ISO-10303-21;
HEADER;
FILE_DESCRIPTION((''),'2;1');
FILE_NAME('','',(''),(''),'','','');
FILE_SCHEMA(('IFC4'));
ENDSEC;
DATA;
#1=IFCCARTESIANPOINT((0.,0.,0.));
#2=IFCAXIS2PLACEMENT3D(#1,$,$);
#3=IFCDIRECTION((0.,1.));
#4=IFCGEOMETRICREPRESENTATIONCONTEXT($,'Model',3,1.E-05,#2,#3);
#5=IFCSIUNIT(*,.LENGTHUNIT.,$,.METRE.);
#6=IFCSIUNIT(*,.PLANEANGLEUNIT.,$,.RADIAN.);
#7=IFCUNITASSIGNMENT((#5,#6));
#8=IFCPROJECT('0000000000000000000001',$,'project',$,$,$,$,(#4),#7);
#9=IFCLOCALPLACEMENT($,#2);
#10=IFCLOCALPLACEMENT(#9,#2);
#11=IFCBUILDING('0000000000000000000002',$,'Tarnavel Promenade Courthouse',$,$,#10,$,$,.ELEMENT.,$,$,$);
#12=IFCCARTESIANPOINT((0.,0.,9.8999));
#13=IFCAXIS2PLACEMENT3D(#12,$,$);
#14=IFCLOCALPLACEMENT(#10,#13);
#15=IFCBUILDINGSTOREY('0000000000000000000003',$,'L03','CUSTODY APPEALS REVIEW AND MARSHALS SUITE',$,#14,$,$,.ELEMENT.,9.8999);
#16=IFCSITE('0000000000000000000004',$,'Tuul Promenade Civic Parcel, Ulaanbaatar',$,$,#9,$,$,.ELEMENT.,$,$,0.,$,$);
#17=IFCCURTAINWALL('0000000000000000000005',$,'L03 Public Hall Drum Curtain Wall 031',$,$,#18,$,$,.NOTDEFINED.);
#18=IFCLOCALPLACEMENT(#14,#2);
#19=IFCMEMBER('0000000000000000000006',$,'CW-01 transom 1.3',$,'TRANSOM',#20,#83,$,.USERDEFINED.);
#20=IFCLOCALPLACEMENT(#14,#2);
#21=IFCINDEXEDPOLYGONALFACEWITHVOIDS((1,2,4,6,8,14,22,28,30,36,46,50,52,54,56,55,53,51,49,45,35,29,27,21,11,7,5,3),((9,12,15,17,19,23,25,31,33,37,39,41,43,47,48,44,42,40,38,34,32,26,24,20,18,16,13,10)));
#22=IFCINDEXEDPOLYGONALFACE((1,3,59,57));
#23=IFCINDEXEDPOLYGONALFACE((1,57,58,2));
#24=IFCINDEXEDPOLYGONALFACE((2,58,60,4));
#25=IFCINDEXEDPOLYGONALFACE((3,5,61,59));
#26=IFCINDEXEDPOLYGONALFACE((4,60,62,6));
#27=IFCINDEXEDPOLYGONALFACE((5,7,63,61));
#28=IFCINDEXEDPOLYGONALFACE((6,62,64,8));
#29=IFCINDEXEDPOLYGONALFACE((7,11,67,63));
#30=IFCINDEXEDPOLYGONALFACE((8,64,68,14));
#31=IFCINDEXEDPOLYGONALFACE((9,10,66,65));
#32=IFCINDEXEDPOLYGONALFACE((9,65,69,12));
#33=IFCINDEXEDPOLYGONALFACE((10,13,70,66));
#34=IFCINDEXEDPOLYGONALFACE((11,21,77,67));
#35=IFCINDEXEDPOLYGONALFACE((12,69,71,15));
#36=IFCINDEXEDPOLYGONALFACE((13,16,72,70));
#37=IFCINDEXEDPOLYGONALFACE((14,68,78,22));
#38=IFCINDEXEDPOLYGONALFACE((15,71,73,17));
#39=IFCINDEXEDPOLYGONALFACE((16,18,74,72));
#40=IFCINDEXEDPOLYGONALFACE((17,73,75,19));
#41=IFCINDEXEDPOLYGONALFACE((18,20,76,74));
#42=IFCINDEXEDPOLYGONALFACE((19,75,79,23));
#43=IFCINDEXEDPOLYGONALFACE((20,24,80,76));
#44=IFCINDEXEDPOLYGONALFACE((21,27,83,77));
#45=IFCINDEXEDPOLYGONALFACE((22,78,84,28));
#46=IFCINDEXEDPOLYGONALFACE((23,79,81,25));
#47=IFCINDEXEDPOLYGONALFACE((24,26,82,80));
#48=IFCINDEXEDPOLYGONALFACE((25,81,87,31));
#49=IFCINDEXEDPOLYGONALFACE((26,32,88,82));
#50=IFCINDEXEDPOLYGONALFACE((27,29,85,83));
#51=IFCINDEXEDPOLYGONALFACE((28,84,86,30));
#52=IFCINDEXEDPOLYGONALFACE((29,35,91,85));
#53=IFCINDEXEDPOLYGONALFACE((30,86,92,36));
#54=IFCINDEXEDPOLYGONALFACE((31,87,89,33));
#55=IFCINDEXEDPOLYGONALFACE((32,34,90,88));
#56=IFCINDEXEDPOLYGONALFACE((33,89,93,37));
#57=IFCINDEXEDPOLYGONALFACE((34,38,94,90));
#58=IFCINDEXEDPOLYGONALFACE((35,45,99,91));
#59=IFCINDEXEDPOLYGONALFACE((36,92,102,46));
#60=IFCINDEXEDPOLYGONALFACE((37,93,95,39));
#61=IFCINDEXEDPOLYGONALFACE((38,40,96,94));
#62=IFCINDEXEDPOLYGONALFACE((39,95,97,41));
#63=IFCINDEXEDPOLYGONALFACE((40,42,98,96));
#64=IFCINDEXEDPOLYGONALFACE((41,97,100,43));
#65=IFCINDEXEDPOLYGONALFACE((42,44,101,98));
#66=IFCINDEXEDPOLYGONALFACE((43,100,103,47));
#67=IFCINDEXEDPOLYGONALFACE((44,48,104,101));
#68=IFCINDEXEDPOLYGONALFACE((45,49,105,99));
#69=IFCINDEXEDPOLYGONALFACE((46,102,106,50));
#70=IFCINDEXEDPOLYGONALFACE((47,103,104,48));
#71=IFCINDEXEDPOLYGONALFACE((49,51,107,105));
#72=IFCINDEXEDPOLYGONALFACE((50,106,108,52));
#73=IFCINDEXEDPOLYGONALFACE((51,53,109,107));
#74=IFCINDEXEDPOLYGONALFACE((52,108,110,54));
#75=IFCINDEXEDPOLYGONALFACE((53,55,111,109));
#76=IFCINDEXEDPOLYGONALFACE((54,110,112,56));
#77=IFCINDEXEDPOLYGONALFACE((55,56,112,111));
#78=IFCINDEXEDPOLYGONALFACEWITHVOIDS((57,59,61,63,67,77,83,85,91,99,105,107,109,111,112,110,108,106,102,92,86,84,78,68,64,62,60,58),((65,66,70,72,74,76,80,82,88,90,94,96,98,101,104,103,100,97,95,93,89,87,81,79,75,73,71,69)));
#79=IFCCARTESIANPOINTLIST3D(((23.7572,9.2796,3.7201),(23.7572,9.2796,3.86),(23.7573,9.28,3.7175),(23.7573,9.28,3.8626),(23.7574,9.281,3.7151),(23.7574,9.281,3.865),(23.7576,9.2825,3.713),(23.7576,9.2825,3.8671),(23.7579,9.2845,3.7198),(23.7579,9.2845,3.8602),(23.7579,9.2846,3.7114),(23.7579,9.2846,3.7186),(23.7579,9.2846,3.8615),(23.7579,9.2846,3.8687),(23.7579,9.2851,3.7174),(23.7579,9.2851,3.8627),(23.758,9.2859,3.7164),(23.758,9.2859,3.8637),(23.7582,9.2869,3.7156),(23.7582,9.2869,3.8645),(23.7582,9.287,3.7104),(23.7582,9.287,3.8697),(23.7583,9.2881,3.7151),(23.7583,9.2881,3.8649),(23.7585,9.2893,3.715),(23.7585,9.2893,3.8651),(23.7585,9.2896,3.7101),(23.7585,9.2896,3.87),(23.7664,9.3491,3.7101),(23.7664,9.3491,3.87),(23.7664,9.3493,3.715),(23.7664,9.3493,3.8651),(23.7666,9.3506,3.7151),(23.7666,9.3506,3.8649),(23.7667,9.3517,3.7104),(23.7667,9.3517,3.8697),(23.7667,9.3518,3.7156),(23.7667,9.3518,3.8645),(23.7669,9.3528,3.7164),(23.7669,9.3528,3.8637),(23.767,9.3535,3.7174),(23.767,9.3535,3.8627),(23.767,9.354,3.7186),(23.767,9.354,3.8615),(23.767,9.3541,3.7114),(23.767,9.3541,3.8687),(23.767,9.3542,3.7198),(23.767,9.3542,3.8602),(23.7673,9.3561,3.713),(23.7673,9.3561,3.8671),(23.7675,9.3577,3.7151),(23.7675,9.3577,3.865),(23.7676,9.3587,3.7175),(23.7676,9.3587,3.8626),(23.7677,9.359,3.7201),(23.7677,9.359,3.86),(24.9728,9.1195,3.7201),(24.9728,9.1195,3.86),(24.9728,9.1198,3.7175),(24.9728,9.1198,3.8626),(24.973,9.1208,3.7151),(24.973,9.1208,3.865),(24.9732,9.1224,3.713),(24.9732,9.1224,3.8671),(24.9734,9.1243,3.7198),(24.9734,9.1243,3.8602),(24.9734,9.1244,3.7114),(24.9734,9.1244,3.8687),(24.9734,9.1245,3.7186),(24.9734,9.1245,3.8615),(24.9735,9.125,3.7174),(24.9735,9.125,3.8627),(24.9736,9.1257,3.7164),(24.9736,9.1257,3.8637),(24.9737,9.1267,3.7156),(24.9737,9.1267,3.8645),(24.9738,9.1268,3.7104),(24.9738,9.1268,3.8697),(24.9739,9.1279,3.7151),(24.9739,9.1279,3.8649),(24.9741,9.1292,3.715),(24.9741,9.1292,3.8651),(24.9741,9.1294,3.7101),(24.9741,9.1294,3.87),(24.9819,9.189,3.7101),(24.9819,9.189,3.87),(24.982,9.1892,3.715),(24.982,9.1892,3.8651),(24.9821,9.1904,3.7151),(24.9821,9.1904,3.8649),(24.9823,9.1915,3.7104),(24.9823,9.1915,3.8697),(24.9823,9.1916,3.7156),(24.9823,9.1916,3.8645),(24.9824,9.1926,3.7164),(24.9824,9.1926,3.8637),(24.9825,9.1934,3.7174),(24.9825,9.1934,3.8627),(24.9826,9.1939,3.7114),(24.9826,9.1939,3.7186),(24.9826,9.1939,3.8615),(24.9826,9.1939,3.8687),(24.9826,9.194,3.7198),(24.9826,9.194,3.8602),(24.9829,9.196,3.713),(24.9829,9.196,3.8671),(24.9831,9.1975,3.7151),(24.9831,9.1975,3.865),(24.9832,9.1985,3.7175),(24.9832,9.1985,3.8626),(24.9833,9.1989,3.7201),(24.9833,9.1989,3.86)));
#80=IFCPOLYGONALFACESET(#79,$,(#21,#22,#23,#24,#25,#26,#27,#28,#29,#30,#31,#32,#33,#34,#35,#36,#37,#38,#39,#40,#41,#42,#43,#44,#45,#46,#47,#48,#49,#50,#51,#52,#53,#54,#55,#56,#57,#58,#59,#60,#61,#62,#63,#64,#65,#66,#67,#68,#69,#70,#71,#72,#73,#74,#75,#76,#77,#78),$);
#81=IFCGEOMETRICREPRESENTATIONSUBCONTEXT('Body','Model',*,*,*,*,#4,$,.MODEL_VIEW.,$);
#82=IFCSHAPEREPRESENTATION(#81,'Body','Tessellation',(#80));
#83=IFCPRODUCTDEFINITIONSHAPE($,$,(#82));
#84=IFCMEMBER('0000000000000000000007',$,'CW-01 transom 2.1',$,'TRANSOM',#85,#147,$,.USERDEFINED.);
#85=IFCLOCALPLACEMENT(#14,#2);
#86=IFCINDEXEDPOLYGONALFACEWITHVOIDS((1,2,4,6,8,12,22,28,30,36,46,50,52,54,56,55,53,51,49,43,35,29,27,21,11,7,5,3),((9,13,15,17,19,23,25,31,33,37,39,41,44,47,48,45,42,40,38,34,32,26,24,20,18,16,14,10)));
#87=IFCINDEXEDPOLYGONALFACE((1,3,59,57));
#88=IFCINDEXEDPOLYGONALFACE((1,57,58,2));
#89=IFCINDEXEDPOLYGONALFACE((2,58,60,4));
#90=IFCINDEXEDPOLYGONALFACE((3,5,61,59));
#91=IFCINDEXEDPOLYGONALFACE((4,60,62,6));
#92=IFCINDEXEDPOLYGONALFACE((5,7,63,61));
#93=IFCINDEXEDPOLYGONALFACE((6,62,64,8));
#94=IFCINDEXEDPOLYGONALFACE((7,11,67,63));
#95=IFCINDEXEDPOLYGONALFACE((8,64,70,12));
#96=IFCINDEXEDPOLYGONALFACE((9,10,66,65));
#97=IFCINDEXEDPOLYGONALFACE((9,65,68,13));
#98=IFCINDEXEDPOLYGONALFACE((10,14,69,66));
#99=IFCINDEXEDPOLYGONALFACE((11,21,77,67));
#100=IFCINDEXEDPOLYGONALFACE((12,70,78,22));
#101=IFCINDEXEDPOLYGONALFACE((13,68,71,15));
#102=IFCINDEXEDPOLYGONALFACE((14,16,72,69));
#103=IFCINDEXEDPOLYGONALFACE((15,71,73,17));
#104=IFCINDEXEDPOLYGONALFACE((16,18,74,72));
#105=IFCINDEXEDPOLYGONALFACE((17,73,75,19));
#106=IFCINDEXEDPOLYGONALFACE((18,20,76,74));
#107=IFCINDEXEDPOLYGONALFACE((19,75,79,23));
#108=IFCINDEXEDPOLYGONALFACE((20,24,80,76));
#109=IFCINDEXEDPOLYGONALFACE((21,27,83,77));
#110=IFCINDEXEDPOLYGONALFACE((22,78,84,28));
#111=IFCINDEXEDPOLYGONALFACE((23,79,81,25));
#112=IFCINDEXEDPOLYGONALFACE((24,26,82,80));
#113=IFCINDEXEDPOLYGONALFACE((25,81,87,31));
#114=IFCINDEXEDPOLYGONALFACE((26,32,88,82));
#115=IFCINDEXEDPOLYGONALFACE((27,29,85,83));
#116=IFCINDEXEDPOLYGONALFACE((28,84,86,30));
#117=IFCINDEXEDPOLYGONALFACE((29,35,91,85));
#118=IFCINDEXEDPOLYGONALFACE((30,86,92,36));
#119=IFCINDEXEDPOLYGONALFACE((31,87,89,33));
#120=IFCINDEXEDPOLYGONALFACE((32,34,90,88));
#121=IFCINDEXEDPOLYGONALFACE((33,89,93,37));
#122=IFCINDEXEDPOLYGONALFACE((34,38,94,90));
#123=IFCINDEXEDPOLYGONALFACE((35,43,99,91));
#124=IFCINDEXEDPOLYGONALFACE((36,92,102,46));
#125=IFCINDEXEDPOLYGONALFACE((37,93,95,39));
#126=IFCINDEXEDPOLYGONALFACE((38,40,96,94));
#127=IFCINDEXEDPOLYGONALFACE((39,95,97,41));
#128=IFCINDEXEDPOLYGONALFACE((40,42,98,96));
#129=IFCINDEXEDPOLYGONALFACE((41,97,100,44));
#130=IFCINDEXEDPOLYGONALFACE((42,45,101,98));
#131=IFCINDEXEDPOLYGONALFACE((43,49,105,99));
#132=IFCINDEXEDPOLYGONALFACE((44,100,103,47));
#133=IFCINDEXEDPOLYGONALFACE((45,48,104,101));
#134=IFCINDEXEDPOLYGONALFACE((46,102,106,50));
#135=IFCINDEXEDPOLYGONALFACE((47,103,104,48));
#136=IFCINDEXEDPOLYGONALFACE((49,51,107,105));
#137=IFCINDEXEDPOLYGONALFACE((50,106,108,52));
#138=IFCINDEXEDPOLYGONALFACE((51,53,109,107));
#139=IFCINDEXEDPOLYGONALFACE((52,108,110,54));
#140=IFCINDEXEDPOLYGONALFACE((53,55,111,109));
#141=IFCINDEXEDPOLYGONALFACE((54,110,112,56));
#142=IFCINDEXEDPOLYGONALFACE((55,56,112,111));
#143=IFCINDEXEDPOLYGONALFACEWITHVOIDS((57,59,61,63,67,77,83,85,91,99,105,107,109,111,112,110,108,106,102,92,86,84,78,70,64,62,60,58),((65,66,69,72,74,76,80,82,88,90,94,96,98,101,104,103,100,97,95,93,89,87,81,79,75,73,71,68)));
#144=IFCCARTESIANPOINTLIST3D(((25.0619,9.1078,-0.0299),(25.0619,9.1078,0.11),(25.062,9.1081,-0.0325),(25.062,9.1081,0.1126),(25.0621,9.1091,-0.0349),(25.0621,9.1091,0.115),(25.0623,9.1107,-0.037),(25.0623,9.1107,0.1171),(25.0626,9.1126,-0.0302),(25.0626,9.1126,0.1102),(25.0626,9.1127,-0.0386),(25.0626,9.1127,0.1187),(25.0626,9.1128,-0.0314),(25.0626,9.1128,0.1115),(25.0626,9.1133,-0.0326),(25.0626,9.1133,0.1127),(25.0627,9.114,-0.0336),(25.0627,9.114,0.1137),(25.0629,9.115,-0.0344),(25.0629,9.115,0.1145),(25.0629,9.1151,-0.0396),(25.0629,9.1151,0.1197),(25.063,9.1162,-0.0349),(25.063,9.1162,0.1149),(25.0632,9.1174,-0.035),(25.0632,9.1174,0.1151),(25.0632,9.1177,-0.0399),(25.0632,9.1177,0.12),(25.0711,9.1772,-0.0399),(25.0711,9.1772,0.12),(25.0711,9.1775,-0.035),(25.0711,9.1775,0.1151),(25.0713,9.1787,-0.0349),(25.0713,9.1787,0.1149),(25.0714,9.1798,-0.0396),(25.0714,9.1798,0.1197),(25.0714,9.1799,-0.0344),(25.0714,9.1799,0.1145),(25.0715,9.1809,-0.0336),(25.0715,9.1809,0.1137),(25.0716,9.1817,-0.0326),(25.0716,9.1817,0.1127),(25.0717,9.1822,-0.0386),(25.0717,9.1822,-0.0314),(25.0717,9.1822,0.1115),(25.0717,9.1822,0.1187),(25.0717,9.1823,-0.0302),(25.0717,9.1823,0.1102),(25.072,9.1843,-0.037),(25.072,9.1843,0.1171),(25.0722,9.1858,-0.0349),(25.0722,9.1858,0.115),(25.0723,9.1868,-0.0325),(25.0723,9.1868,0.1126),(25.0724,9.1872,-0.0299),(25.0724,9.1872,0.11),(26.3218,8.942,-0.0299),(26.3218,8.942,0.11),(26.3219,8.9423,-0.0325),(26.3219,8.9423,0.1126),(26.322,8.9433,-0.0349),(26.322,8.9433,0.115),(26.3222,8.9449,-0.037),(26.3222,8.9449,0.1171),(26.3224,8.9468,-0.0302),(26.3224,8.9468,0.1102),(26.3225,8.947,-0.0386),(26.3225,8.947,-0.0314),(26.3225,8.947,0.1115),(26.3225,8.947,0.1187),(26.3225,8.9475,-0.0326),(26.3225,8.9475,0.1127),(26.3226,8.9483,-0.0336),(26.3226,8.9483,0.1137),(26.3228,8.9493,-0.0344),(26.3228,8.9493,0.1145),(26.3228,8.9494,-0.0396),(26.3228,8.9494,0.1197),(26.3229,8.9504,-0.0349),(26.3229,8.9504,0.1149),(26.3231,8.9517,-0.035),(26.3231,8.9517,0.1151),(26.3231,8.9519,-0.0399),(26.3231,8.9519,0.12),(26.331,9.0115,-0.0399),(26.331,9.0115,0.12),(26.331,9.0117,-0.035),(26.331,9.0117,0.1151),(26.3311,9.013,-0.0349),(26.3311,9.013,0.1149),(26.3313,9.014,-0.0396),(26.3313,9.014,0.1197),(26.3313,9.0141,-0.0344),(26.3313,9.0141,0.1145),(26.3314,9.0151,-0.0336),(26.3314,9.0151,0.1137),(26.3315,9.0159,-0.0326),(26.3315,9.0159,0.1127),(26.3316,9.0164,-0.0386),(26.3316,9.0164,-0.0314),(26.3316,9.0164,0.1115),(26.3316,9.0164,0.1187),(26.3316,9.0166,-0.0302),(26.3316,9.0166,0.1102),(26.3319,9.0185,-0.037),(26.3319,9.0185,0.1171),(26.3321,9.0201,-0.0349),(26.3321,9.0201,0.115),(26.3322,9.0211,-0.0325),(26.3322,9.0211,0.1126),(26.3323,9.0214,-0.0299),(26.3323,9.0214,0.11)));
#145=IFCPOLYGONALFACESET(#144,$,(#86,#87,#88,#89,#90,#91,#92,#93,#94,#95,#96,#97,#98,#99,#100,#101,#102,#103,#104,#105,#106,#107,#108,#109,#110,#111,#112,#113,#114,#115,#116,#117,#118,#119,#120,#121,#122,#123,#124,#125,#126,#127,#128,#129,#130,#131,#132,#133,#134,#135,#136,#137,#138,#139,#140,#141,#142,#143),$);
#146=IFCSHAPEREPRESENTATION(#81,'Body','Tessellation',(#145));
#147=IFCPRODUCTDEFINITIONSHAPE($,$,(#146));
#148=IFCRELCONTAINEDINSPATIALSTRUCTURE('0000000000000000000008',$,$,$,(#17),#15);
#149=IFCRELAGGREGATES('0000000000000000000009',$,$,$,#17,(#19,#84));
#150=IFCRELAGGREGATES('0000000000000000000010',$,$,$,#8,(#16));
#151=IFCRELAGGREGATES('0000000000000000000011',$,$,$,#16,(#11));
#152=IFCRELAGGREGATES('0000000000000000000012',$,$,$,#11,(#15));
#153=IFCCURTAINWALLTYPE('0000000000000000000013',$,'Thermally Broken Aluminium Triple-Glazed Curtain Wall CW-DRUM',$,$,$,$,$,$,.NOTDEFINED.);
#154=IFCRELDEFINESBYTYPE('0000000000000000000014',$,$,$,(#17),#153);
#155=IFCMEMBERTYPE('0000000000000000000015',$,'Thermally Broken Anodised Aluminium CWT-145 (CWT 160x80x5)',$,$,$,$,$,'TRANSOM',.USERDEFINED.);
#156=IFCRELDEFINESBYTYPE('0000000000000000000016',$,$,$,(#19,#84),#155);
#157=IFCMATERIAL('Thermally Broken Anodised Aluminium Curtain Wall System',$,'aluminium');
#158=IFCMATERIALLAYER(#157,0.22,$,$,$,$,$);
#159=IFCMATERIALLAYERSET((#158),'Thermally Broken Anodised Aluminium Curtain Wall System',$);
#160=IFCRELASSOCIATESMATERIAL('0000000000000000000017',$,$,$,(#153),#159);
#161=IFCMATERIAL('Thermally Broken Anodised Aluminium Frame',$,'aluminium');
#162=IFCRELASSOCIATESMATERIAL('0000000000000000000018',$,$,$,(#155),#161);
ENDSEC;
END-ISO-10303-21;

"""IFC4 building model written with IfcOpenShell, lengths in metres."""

from ifc_helpers import new_model, si_unit, direction, frame, origin, origin_2d, place, context, subcontext, project, spatial, hollow_rectangle, extrude, material, layer, layer_set, material_profile, profile_set, type_object, element, aggregate, save


model = new_model("IFC4")

# Units and contexts
model_context = context("Model", 3, precision=1e-05, world=origin(), true_north=direction((0.0, 1.0)))
body_context = subcontext(model_context, "Body", "Model", "MODEL_VIEW")
ifc_project = project(units=[si_unit("LENGTHUNIT", "METRE"), si_unit("PLANEANGLEUNIT", "RADIAN")], contexts=[model_context])

# Site, building, storey
site_placement = place(None, origin())
site = spatial("IfcSite", under=ifc_project, at=site_placement, Name="Tuul Promenade Civic Parcel, Ulaanbaatar", CompositionType="ELEMENT", RefElevation=0.0)
building_placement = place(site_placement, origin())
building = spatial("IfcBuilding", under=site, at=building_placement, Name="Tarnavel Promenade Courthouse", CompositionType="ELEMENT")
storey_placement = place(building_placement, frame((0.0, 0.0, 9.8999)))
storey = spatial("IfcBuildingStorey", under=building, at=storey_placement, Name="L03", Description="CUSTODY APPEALS REVIEW AND MARSHALS SUITE", CompositionType="ELEMENT", Elevation=9.8999)

# Shared definitions
ifc_material_1 = material(Name="Thermally Broken Anodised Aluminium Curtain Wall System", Category="aluminium")
ifc_layer_1 = layer(ifc_material_1, 0.22)
ifc_layer_set_1 = layer_set([ifc_layer_1], Name="Thermally Broken Anodised Aluminium Curtain Wall System")
curtain_wall_type = type_object("IfcCurtainWallType", Name="Thermally Broken Aluminium Triple-Glazed Curtain Wall CW-DRUM", PredefinedType="NOTDEFINED", material=ifc_layer_set_1)
ifc_material_2 = material(Name="Thermally Broken Anodised Aluminium Frame", Category="aluminium")

# Curtain wall
curtain_wall_1_placement = place(storey_placement, origin())
curtain_wall_1 = element("IfcCurtainWall", 1, at=curtain_wall_1_placement, inside=storey, type_object=curtain_wall_type, Name="L03 Public Hall Drum Curtain Wall 031", PredefinedType="NOTDEFINED")

# Members
ifc_material_profile_1 = material_profile(ifc_material_2, hollow_rectangle(XDim=0.0801, YDim=0.1599, WallThickness=0.0049, InnerFilletRadius=0.0049, OuterFilletRadius=0.01, at=origin_2d()), Name="CWT 160x80x5")
ifc_profile_set_1 = profile_set([ifc_material_profile_1], Name="Thermally Broken Anodised Aluminium Frame")
member_type_1 = type_object("IfcMemberType", Name="Thermally Broken Anodised Aluminium CWT-145 (CWT 160x80x5)", ElementType="TRANSOM", PredefinedType="USERDEFINED", material=ifc_profile_set_1)
member_1_placement = place(storey_placement, frame((23.7625, 9.3193, 3.79), z_axis=(0.991432, -0.130624, 0.0), x_axis=(0.130624, 0.991432, 0.0)))
member_1 = element("IfcMember", 2, at=member_1_placement, type_object=member_type_1, Name="CW-01 transom 1.3", ObjectType="TRANSOM", PredefinedType="USERDEFINED", context=body_context, shape_type="SweptSolid", body=[
    extrude(hollow_rectangle(XDim=0.0801, YDim=0.1599, WallThickness=0.0049, InnerFilletRadius=0.0049, OuterFilletRadius=0.01, at=origin_2d()), origin(), (0.0, 0.0, 1.0), 1.2261),
])
member_2_placement = place(storey_placement, frame((25.0671, 9.1475, 0.04), z_axis=(0.991456, -0.13044, 0.0), x_axis=(0.13044, 0.991456, 0.0)))
member_2 = element("IfcMember", 3, at=member_2_placement, type_object=member_type_1, Name="CW-01 transom 2.1", ObjectType="TRANSOM", PredefinedType="USERDEFINED", context=body_context, shape_type="SweptSolid", body=[
    extrude(hollow_rectangle(XDim=0.0801, YDim=0.1599, WallThickness=0.0049, InnerFilletRadius=0.0049, OuterFilletRadius=0.01, at=origin_2d()), origin(), (0.0, 0.0, 1.0), 1.2708),
])

aggregate(curtain_wall_1, [member_1, member_2])

save(model, "model.ifc")
